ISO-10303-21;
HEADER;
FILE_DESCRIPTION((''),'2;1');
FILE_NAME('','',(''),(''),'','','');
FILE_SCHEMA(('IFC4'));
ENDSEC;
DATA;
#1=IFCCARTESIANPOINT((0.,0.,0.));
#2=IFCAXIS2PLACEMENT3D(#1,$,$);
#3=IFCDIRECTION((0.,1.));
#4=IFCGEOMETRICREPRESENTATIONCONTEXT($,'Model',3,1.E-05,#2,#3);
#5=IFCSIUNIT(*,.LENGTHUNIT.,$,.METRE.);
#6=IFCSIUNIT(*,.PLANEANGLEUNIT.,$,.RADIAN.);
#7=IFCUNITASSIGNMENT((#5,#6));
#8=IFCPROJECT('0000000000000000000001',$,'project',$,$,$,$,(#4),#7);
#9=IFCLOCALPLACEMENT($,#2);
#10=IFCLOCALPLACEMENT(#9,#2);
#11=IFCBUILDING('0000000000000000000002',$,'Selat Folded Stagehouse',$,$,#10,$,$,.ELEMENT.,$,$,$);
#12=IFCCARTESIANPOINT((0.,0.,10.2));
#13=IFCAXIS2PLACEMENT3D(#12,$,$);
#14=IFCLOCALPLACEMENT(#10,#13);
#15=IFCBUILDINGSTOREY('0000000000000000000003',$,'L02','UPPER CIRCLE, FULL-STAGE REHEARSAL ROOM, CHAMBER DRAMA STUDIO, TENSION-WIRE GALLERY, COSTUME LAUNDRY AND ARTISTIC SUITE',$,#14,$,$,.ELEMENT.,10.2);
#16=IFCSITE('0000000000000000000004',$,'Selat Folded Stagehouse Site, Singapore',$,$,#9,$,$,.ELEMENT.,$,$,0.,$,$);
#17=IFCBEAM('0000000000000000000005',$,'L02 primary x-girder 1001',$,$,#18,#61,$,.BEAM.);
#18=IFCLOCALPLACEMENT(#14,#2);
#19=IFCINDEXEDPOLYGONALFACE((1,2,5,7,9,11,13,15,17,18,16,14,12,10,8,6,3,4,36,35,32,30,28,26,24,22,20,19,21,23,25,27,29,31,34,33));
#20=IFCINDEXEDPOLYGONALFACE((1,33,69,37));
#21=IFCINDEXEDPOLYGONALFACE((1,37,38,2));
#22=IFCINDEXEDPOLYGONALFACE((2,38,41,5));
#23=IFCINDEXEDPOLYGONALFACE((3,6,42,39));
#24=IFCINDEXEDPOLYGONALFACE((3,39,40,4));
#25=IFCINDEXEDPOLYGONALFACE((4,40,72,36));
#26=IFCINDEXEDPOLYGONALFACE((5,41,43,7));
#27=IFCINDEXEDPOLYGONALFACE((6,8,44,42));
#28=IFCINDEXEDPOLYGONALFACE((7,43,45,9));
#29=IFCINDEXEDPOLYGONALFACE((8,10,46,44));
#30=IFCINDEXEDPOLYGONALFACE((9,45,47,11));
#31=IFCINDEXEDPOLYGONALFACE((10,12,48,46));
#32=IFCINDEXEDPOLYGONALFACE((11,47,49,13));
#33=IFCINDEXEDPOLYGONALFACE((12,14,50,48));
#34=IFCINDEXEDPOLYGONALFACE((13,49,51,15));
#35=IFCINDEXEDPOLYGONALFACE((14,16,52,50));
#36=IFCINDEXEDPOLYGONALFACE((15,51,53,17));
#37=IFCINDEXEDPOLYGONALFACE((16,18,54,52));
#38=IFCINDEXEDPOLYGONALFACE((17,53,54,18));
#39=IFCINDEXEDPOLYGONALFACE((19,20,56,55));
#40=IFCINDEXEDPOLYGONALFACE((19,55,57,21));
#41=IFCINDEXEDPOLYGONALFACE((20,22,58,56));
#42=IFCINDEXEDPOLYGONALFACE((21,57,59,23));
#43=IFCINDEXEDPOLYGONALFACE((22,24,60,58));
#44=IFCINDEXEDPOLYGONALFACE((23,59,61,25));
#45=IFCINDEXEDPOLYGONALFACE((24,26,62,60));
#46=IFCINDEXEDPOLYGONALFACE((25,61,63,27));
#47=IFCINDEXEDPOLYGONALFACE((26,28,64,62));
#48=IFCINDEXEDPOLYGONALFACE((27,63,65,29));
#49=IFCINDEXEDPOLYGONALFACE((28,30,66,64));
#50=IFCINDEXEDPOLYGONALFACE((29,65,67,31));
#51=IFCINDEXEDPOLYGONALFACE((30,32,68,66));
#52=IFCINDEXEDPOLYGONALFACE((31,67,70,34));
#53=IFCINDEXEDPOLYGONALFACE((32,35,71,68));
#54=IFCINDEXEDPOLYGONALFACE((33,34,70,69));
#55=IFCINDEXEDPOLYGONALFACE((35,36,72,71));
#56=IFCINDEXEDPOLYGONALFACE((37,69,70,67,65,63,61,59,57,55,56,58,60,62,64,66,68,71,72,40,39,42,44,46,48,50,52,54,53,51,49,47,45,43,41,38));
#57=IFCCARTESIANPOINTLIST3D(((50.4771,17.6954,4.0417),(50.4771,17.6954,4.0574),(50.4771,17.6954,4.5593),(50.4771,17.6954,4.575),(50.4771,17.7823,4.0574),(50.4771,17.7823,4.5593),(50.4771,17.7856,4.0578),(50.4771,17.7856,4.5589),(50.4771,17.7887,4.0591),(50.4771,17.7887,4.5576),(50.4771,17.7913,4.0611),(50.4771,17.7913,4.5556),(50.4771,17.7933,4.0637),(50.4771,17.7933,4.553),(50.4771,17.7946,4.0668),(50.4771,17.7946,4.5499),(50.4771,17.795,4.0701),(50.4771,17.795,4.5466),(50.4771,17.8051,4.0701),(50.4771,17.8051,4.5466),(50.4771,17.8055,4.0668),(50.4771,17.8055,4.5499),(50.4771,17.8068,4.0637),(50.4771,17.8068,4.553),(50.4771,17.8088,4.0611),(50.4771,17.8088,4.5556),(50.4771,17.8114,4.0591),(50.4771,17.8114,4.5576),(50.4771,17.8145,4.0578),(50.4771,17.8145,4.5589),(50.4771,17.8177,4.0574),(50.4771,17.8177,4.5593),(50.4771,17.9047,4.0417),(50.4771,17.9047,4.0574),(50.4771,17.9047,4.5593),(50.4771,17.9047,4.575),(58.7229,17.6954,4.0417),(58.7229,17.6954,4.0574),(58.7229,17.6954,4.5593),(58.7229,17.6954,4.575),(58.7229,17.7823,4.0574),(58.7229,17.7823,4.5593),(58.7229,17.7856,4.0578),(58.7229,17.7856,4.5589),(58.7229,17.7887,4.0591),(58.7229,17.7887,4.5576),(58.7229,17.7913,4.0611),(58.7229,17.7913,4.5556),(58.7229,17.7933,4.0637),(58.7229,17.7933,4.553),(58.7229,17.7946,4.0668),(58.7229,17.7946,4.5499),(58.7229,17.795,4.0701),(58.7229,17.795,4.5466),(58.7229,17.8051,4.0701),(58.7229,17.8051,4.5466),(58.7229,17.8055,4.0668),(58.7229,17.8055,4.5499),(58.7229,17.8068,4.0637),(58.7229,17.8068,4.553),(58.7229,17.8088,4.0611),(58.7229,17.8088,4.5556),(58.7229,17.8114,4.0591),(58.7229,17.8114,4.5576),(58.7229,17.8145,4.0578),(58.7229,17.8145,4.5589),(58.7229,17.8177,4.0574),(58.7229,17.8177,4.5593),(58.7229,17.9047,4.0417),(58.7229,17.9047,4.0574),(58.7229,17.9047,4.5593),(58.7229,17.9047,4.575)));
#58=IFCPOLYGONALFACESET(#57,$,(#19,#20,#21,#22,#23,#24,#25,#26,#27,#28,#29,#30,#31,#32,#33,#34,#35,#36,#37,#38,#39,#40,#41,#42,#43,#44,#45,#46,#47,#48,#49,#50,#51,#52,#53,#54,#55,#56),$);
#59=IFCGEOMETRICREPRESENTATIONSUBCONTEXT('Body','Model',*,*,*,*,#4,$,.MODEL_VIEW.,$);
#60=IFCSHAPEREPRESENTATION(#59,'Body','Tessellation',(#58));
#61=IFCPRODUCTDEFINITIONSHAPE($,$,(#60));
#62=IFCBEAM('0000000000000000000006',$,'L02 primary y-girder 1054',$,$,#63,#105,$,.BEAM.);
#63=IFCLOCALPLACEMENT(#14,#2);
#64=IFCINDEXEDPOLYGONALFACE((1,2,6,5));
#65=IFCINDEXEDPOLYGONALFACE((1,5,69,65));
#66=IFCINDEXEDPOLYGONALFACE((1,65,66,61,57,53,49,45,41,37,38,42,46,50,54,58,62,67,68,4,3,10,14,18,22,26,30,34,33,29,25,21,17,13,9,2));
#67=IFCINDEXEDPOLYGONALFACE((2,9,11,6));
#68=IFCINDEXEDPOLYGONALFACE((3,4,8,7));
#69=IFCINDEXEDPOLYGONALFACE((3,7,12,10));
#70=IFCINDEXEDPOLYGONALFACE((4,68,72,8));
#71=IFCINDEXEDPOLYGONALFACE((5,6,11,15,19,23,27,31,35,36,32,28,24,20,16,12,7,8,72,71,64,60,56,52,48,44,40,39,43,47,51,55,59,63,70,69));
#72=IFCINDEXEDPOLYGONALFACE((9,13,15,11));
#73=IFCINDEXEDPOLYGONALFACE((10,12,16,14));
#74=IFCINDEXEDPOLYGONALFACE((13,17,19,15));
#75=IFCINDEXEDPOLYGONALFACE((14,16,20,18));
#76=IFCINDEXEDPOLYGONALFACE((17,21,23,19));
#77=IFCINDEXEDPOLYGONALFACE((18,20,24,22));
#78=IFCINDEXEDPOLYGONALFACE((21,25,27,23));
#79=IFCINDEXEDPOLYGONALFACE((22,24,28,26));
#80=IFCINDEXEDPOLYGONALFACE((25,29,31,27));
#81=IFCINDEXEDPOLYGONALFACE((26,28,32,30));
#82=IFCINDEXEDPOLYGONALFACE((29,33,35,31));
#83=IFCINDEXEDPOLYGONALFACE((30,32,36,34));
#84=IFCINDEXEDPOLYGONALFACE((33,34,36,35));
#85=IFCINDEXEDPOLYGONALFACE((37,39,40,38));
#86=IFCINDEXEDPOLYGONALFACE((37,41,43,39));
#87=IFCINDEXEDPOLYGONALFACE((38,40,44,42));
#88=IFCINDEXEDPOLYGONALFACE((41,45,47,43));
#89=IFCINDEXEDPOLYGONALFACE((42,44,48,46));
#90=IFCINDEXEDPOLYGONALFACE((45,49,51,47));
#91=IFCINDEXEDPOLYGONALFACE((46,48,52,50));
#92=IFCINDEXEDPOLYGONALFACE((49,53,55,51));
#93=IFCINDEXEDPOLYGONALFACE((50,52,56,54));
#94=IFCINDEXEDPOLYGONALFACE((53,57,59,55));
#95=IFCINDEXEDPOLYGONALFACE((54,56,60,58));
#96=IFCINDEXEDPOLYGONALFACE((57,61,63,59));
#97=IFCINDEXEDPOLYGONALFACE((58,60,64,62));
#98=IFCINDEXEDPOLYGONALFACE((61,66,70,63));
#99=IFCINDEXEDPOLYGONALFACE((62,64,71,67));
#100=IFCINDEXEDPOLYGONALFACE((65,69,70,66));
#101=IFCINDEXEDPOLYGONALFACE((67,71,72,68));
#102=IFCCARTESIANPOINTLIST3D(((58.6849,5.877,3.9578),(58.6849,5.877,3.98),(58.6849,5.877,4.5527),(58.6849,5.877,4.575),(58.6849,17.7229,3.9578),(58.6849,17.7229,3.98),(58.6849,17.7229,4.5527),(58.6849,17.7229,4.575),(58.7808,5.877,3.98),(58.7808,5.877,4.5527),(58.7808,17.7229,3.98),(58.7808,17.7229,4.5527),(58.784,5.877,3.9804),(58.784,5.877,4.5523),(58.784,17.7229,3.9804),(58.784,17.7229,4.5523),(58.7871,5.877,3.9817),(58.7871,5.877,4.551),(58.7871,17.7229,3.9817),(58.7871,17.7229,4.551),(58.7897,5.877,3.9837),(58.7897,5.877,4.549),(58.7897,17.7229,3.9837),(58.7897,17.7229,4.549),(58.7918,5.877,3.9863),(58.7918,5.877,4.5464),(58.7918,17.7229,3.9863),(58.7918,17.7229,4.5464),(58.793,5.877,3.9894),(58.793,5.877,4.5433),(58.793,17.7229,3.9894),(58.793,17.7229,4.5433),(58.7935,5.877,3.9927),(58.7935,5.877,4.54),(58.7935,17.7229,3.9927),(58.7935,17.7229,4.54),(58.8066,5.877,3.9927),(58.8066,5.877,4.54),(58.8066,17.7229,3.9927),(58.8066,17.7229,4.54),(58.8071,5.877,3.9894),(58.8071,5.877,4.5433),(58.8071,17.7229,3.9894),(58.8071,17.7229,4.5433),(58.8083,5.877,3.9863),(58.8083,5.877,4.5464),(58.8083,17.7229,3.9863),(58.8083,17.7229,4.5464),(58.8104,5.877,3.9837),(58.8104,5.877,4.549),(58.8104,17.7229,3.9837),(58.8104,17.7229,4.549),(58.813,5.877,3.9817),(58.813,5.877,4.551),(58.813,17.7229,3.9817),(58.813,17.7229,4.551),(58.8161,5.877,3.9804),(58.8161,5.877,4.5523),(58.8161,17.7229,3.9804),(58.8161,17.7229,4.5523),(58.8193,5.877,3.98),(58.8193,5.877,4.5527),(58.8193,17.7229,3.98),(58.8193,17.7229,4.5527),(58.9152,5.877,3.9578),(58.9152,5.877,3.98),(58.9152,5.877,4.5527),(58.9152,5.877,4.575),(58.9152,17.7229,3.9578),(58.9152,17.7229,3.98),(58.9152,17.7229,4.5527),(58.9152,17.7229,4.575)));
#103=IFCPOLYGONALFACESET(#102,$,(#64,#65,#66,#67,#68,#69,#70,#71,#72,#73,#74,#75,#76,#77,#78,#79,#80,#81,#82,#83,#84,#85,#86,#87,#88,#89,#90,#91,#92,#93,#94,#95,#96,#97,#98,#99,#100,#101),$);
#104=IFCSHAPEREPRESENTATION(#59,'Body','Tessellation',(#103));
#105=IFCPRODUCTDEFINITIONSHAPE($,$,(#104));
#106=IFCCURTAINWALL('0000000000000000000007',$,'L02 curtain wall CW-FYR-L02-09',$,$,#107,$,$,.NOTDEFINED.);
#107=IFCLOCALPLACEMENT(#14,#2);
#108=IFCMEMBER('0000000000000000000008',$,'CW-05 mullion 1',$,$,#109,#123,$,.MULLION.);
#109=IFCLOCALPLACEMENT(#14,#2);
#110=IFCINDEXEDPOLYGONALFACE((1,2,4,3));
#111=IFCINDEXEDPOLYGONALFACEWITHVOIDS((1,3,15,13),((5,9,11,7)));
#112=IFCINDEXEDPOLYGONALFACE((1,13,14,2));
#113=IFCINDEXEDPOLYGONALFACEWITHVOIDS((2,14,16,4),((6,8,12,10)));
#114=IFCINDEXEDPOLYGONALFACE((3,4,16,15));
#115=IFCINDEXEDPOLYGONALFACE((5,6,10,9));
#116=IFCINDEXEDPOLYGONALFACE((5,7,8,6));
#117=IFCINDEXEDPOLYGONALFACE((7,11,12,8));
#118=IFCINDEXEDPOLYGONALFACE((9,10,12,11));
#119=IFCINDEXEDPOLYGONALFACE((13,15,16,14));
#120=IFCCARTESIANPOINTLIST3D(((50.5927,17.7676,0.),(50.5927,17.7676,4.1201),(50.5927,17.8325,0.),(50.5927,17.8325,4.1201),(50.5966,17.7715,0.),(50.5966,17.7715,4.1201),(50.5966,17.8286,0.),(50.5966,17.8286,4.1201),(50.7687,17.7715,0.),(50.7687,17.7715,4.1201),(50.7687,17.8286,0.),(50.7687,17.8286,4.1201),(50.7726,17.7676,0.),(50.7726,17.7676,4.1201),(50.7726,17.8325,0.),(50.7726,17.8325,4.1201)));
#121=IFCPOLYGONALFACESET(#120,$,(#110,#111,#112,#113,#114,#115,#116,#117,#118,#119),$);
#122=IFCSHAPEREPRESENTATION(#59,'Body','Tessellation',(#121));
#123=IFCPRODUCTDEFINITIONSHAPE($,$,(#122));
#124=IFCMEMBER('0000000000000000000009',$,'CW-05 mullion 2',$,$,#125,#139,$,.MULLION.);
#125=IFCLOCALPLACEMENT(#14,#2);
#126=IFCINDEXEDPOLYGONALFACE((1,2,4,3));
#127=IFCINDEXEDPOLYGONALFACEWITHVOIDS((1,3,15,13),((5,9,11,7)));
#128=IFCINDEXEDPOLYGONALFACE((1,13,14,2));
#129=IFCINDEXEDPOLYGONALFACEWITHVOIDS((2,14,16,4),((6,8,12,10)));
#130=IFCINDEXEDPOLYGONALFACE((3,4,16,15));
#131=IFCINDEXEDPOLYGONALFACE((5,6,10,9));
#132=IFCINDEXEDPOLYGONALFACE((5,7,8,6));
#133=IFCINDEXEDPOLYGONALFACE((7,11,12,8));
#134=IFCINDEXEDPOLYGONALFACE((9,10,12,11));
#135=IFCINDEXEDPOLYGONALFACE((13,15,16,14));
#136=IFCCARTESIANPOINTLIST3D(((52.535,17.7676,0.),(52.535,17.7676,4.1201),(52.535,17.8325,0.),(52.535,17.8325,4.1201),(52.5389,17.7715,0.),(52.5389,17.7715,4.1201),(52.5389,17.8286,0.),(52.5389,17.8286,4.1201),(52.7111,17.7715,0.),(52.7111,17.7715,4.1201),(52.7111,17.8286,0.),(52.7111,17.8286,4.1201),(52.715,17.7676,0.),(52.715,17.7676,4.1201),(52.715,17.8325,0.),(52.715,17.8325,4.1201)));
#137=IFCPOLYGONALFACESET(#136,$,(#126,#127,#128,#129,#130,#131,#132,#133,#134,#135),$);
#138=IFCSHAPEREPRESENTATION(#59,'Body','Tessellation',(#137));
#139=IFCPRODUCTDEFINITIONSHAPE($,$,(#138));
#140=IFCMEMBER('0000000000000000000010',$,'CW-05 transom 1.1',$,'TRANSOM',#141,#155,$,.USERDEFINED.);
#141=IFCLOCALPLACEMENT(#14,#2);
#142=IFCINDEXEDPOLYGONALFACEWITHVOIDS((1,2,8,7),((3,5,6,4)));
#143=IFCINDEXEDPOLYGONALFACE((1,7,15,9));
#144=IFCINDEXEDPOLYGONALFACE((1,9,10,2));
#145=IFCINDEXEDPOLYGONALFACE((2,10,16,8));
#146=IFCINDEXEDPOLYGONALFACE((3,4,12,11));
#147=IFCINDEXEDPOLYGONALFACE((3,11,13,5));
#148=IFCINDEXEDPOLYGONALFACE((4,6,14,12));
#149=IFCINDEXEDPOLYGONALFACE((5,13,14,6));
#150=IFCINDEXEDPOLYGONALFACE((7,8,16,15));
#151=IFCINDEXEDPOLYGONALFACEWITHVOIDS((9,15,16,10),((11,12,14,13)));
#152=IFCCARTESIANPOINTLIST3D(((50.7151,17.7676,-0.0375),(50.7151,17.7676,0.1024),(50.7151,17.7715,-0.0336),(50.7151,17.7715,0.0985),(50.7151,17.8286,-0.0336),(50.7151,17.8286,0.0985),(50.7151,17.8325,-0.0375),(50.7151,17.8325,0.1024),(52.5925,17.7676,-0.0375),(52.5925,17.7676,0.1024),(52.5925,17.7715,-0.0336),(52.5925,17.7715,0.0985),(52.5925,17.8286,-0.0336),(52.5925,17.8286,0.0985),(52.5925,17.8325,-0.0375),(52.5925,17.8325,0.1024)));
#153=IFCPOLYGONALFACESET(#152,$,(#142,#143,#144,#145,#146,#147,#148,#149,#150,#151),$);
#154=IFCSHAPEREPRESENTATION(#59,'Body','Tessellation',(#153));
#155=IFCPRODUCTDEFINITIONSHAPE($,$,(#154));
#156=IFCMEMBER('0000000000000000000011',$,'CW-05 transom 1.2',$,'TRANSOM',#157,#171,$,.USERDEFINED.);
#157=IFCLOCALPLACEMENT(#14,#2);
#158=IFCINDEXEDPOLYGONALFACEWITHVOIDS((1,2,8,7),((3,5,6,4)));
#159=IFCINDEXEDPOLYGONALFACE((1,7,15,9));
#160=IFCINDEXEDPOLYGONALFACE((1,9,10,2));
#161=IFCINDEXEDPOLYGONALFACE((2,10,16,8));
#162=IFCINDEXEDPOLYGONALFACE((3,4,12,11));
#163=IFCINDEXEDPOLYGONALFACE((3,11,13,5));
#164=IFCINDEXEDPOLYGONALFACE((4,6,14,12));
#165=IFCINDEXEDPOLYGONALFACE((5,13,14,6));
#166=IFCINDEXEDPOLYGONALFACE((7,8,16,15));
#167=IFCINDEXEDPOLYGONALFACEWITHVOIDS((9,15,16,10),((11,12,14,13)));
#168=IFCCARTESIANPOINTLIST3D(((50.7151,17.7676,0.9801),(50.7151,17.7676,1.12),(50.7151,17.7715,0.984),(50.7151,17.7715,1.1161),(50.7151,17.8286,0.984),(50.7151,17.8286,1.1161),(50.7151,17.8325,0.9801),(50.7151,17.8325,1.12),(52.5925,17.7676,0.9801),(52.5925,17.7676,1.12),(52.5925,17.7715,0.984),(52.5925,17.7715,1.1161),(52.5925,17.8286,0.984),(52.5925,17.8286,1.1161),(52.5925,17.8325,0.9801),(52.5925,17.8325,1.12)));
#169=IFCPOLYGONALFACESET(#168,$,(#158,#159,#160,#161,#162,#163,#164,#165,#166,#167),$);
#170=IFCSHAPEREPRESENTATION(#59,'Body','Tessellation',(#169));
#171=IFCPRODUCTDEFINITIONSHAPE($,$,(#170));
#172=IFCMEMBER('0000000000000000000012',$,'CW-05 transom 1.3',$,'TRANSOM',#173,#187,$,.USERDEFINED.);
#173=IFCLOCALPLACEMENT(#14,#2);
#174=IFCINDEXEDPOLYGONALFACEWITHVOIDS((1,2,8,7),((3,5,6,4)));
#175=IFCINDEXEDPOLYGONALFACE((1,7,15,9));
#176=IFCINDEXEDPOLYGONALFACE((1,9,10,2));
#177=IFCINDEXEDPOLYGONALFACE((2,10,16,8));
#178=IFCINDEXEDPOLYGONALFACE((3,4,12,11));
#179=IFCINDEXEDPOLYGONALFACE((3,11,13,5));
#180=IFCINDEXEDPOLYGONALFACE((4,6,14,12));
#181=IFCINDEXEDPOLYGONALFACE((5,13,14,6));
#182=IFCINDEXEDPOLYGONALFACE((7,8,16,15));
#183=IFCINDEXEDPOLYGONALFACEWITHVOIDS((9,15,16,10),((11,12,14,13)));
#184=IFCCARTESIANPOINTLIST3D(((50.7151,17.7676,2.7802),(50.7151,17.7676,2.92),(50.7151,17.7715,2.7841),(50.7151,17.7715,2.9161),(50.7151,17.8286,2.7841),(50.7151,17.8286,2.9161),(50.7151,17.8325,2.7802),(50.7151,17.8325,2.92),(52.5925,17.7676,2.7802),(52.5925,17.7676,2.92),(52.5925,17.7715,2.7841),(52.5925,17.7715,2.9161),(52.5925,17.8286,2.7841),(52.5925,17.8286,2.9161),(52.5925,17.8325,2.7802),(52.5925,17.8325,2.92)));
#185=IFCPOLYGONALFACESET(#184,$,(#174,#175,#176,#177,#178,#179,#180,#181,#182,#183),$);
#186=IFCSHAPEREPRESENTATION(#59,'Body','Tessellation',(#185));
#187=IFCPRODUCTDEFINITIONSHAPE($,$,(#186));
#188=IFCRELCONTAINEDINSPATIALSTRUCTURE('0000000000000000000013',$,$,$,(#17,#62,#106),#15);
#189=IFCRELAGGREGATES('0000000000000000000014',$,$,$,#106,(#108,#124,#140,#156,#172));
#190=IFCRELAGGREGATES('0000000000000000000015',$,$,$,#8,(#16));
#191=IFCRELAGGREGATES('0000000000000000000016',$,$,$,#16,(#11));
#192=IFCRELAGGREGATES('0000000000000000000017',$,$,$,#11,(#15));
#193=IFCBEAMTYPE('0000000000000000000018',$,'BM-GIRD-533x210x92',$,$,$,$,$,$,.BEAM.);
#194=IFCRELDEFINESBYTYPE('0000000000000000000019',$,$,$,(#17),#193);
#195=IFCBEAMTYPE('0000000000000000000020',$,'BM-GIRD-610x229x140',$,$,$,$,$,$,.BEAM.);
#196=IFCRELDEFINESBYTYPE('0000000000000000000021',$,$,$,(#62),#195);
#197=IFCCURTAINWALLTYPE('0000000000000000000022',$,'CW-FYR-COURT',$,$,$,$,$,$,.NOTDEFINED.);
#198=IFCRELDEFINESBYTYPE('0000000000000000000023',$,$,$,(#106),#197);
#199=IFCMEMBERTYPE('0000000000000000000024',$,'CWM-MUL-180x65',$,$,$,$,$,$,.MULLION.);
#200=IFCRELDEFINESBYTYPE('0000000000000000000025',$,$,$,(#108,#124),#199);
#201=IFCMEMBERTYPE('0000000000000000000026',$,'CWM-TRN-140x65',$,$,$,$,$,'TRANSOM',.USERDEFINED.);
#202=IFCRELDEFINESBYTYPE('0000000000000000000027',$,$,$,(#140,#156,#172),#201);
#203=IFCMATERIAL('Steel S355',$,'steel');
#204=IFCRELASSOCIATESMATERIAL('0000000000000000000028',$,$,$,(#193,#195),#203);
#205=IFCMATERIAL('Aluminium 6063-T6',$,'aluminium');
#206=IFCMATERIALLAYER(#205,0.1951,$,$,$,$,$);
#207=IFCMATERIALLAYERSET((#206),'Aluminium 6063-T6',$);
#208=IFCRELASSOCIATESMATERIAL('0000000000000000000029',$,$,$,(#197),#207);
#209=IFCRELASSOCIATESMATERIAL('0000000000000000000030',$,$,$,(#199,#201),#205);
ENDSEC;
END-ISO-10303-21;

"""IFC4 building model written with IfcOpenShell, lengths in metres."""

from ifc_helpers import new_model, si_unit, direction, frame, origin, origin_2d, place, context, subcontext, project, spatial, hollow_rectangle, i_section, extrude, material, layer, layer_set, material_profile, profile_set, type_object, element, aggregate, save


model = new_model("IFC4")

# Units and contexts
model_context = context("Model", 3, precision=1e-05, world=origin(), true_north=direction((0.0, 1.0)))
body_context = subcontext(model_context, "Body", "Model", "MODEL_VIEW")
ifc_project = project(units=[si_unit("LENGTHUNIT", "METRE"), si_unit("PLANEANGLEUNIT", "RADIAN")], contexts=[model_context])

# Site, building, storey
site_placement = place(None, origin())
site = spatial("IfcSite", under=ifc_project, at=site_placement, Name="Selat Folded Stagehouse Site, Singapore", CompositionType="ELEMENT", RefElevation=0.0)
building_placement = place(site_placement, origin())
building = spatial("IfcBuilding", under=site, at=building_placement, Name="Selat Folded Stagehouse", CompositionType="ELEMENT")
storey_placement = place(building_placement, frame((0.0, 0.0, 10.2)))
storey = spatial("IfcBuildingStorey", under=building, at=storey_placement, Name="L02", Description="UPPER CIRCLE, FULL-STAGE REHEARSAL ROOM, CHAMBER DRAMA STUDIO, TENSION-WIRE GALLERY, COSTUME LAUNDRY AND ARTISTIC SUITE", CompositionType="ELEMENT", Elevation=10.2)

# Beams
ifc_material_1 = material(Name="Steel S355", Category="steel")
ifc_material_profile_1 = material_profile(ifc_material_1, i_section(OverallWidth=0.2092, OverallDepth=0.5332, WebThickness=0.01, FlangeThickness=0.0156, FilletRadius=0.0127, at=origin_2d()), Name="UKB 533x210x92")
ifc_profile_set_1 = profile_set([ifc_material_profile_1], Name="Steel S355")
beam_type_1 = type_object("IfcBeamType", Name="BM-GIRD-533x210x92", PredefinedType="BEAM", material=ifc_profile_set_1)
beam_1_placement = place(storey_placement, frame((50.4771, 17.8, 4.3083), z_axis=(1.0, 0.0, 0.0), x_axis=(0.0, 1.0, 0.0)))
element("IfcBeam", 1, at=beam_1_placement, inside=storey, type_object=beam_type_1, Name="L02 primary x-girder 1001", PredefinedType="BEAM", context=body_context, shape_type="SweptSolid", body=[
    extrude(i_section(OverallWidth=0.2092, OverallDepth=0.5332, WebThickness=0.01, FlangeThickness=0.0156, FilletRadius=0.0127, at=origin_2d()), origin(), (0.0, 0.0, 1.0), 8.2458),
])
ifc_material_profile_2 = material_profile(ifc_material_1, i_section(OverallWidth=0.2302, OverallDepth=0.6172, WebThickness=0.0132, FlangeThickness=0.0222, FilletRadius=0.0127, at=origin_2d()), Name="UKB 610x229x140")
ifc_profile_set_2 = profile_set([ifc_material_profile_2], Name="Steel S355")
beam_type_2 = type_object("IfcBeamType", Name="BM-GIRD-610x229x140", PredefinedType="BEAM", material=ifc_profile_set_2)
beam_2_placement = place(storey_placement, frame((58.8, 5.877, 4.2664), z_axis=(0.0, 1.0, 0.0), x_axis=(-1.0, 0.0, 0.0)))
element("IfcBeam", 2, at=beam_2_placement, inside=storey, type_object=beam_type_2, Name="L02 primary y-girder 1054", PredefinedType="BEAM", context=body_context, shape_type="SweptSolid", body=[
    extrude(i_section(OverallWidth=0.2302, OverallDepth=0.6172, WebThickness=0.0132, FlangeThickness=0.0222, FilletRadius=0.0127, at=origin_2d()), origin(), (0.0, 0.0, 1.0), 11.8459),
])

# Curtain wall, members
ifc_material_2 = material(Name="Aluminium 6063-T6", Category="aluminium")
ifc_layer_1 = layer(ifc_material_2, 0.1951)
ifc_layer_set_1 = layer_set([ifc_layer_1], Name="Aluminium 6063-T6")
curtain_wall_type = type_object("IfcCurtainWallType", Name="CW-FYR-COURT", PredefinedType="NOTDEFINED", material=ifc_layer_set_1)
curtain_wall_placement = place(storey_placement, origin())
curtain_wall = element("IfcCurtainWall", 3, at=curtain_wall_placement, inside=storey, type_object=curtain_wall_type, Name="L02 curtain wall CW-FYR-L02-09", PredefinedType="NOTDEFINED")
ifc_material_profile_3 = material_profile(ifc_material_2, hollow_rectangle(XDim=0.0649, YDim=0.1799, WallThickness=0.0039, at=origin_2d()), Name="ALU 180x65x4.0")
ifc_profile_set_3 = profile_set([ifc_material_profile_3], Name="Aluminium 6063-T6")
member_type_1 = type_object("IfcMemberType", Name="CWM-MUL-180x65", PredefinedType="MULLION", material=ifc_profile_set_3)
member_1_placement = place(storey_placement, frame((50.6826, 17.8, 0.0), z_axis=(0.0, 0.0, 1.0), x_axis=(0.0, 1.0, 0.0)))
member_1 = element("IfcMember", 4, at=member_1_placement, type_object=member_type_1, Name="CW-05 mullion 1", PredefinedType="MULLION", context=body_context, shape_type="SweptSolid", body=[
    extrude(hollow_rectangle(XDim=0.0649, YDim=0.1799, WallThickness=0.0039, at=origin_2d()), origin(), (0.0, 0.0, 1.0), 4.1201),
])
member_2_placement = place(storey_placement, frame((52.625, 17.8, 0.0), z_axis=(0.0, 0.0, 1.0), x_axis=(0.0, 1.0, 0.0)))
member_2 = element("IfcMember", 5, at=member_2_placement, type_object=member_type_1, Name="CW-05 mullion 2", PredefinedType="MULLION", context=body_context, shape_type="SweptSolid", body=[
    extrude(hollow_rectangle(XDim=0.0649, YDim=0.1799, WallThickness=0.0039, at=origin_2d()), origin(), (0.0, 0.0, 1.0), 4.1201),
])
ifc_material_profile_4 = material_profile(ifc_material_2, hollow_rectangle(XDim=0.0649, YDim=0.1399, WallThickness=0.0039, at=origin_2d()), Name="ALU 140x65x4.0")
ifc_profile_set_4 = profile_set([ifc_material_profile_4], Name="Aluminium 6063-T6")
member_type_2 = type_object("IfcMemberType", Name="CWM-TRN-140x65", ElementType="TRANSOM", PredefinedType="USERDEFINED", material=ifc_profile_set_4)
member_3_placement = place(storey_placement, frame((50.7151, 17.8, 0.0325), z_axis=(1.0, 0.0, 0.0), x_axis=(0.0, 1.0, 0.0)))
member_3 = element("IfcMember", 6, at=member_3_placement, type_object=member_type_2, Name="CW-05 transom 1.1", ObjectType="TRANSOM", PredefinedType="USERDEFINED", context=body_context, shape_type="SweptSolid", body=[
    extrude(hollow_rectangle(XDim=0.0649, YDim=0.1399, WallThickness=0.0039, at=origin_2d()), origin(), (0.0, 0.0, 1.0), 1.8774),
])
member_4_placement = place(storey_placement, frame((50.7151, 17.8, 1.05), z_axis=(1.0, 0.0, 0.0), x_axis=(0.0, 1.0, 0.0)))
member_4 = element("IfcMember", 7, at=member_4_placement, type_object=member_type_2, Name="CW-05 transom 1.2", ObjectType="TRANSOM", PredefinedType="USERDEFINED", context=body_context, shape_type="SweptSolid", body=[
    extrude(hollow_rectangle(XDim=0.0649, YDim=0.1399, WallThickness=0.0039, at=origin_2d()), origin(), (0.0, 0.0, 1.0), 1.8774),
])
member_5_placement = place(storey_placement, frame((50.7151, 17.8, 2.8501), z_axis=(1.0, 0.0, 0.0), x_axis=(0.0, 1.0, 0.0)))
member_5 = element("IfcMember", 8, at=member_5_placement, type_object=member_type_2, Name="CW-05 transom 1.3", ObjectType="TRANSOM", PredefinedType="USERDEFINED", context=body_context, shape_type="SweptSolid", body=[
    extrude(hollow_rectangle(XDim=0.0649, YDim=0.1399, WallThickness=0.0039, at=origin_2d()), origin(), (0.0, 0.0, 1.0), 1.8774),
])

aggregate(curtain_wall, [member_1, member_2, member_3, member_4, member_5])

save(model, "model.ifc")
